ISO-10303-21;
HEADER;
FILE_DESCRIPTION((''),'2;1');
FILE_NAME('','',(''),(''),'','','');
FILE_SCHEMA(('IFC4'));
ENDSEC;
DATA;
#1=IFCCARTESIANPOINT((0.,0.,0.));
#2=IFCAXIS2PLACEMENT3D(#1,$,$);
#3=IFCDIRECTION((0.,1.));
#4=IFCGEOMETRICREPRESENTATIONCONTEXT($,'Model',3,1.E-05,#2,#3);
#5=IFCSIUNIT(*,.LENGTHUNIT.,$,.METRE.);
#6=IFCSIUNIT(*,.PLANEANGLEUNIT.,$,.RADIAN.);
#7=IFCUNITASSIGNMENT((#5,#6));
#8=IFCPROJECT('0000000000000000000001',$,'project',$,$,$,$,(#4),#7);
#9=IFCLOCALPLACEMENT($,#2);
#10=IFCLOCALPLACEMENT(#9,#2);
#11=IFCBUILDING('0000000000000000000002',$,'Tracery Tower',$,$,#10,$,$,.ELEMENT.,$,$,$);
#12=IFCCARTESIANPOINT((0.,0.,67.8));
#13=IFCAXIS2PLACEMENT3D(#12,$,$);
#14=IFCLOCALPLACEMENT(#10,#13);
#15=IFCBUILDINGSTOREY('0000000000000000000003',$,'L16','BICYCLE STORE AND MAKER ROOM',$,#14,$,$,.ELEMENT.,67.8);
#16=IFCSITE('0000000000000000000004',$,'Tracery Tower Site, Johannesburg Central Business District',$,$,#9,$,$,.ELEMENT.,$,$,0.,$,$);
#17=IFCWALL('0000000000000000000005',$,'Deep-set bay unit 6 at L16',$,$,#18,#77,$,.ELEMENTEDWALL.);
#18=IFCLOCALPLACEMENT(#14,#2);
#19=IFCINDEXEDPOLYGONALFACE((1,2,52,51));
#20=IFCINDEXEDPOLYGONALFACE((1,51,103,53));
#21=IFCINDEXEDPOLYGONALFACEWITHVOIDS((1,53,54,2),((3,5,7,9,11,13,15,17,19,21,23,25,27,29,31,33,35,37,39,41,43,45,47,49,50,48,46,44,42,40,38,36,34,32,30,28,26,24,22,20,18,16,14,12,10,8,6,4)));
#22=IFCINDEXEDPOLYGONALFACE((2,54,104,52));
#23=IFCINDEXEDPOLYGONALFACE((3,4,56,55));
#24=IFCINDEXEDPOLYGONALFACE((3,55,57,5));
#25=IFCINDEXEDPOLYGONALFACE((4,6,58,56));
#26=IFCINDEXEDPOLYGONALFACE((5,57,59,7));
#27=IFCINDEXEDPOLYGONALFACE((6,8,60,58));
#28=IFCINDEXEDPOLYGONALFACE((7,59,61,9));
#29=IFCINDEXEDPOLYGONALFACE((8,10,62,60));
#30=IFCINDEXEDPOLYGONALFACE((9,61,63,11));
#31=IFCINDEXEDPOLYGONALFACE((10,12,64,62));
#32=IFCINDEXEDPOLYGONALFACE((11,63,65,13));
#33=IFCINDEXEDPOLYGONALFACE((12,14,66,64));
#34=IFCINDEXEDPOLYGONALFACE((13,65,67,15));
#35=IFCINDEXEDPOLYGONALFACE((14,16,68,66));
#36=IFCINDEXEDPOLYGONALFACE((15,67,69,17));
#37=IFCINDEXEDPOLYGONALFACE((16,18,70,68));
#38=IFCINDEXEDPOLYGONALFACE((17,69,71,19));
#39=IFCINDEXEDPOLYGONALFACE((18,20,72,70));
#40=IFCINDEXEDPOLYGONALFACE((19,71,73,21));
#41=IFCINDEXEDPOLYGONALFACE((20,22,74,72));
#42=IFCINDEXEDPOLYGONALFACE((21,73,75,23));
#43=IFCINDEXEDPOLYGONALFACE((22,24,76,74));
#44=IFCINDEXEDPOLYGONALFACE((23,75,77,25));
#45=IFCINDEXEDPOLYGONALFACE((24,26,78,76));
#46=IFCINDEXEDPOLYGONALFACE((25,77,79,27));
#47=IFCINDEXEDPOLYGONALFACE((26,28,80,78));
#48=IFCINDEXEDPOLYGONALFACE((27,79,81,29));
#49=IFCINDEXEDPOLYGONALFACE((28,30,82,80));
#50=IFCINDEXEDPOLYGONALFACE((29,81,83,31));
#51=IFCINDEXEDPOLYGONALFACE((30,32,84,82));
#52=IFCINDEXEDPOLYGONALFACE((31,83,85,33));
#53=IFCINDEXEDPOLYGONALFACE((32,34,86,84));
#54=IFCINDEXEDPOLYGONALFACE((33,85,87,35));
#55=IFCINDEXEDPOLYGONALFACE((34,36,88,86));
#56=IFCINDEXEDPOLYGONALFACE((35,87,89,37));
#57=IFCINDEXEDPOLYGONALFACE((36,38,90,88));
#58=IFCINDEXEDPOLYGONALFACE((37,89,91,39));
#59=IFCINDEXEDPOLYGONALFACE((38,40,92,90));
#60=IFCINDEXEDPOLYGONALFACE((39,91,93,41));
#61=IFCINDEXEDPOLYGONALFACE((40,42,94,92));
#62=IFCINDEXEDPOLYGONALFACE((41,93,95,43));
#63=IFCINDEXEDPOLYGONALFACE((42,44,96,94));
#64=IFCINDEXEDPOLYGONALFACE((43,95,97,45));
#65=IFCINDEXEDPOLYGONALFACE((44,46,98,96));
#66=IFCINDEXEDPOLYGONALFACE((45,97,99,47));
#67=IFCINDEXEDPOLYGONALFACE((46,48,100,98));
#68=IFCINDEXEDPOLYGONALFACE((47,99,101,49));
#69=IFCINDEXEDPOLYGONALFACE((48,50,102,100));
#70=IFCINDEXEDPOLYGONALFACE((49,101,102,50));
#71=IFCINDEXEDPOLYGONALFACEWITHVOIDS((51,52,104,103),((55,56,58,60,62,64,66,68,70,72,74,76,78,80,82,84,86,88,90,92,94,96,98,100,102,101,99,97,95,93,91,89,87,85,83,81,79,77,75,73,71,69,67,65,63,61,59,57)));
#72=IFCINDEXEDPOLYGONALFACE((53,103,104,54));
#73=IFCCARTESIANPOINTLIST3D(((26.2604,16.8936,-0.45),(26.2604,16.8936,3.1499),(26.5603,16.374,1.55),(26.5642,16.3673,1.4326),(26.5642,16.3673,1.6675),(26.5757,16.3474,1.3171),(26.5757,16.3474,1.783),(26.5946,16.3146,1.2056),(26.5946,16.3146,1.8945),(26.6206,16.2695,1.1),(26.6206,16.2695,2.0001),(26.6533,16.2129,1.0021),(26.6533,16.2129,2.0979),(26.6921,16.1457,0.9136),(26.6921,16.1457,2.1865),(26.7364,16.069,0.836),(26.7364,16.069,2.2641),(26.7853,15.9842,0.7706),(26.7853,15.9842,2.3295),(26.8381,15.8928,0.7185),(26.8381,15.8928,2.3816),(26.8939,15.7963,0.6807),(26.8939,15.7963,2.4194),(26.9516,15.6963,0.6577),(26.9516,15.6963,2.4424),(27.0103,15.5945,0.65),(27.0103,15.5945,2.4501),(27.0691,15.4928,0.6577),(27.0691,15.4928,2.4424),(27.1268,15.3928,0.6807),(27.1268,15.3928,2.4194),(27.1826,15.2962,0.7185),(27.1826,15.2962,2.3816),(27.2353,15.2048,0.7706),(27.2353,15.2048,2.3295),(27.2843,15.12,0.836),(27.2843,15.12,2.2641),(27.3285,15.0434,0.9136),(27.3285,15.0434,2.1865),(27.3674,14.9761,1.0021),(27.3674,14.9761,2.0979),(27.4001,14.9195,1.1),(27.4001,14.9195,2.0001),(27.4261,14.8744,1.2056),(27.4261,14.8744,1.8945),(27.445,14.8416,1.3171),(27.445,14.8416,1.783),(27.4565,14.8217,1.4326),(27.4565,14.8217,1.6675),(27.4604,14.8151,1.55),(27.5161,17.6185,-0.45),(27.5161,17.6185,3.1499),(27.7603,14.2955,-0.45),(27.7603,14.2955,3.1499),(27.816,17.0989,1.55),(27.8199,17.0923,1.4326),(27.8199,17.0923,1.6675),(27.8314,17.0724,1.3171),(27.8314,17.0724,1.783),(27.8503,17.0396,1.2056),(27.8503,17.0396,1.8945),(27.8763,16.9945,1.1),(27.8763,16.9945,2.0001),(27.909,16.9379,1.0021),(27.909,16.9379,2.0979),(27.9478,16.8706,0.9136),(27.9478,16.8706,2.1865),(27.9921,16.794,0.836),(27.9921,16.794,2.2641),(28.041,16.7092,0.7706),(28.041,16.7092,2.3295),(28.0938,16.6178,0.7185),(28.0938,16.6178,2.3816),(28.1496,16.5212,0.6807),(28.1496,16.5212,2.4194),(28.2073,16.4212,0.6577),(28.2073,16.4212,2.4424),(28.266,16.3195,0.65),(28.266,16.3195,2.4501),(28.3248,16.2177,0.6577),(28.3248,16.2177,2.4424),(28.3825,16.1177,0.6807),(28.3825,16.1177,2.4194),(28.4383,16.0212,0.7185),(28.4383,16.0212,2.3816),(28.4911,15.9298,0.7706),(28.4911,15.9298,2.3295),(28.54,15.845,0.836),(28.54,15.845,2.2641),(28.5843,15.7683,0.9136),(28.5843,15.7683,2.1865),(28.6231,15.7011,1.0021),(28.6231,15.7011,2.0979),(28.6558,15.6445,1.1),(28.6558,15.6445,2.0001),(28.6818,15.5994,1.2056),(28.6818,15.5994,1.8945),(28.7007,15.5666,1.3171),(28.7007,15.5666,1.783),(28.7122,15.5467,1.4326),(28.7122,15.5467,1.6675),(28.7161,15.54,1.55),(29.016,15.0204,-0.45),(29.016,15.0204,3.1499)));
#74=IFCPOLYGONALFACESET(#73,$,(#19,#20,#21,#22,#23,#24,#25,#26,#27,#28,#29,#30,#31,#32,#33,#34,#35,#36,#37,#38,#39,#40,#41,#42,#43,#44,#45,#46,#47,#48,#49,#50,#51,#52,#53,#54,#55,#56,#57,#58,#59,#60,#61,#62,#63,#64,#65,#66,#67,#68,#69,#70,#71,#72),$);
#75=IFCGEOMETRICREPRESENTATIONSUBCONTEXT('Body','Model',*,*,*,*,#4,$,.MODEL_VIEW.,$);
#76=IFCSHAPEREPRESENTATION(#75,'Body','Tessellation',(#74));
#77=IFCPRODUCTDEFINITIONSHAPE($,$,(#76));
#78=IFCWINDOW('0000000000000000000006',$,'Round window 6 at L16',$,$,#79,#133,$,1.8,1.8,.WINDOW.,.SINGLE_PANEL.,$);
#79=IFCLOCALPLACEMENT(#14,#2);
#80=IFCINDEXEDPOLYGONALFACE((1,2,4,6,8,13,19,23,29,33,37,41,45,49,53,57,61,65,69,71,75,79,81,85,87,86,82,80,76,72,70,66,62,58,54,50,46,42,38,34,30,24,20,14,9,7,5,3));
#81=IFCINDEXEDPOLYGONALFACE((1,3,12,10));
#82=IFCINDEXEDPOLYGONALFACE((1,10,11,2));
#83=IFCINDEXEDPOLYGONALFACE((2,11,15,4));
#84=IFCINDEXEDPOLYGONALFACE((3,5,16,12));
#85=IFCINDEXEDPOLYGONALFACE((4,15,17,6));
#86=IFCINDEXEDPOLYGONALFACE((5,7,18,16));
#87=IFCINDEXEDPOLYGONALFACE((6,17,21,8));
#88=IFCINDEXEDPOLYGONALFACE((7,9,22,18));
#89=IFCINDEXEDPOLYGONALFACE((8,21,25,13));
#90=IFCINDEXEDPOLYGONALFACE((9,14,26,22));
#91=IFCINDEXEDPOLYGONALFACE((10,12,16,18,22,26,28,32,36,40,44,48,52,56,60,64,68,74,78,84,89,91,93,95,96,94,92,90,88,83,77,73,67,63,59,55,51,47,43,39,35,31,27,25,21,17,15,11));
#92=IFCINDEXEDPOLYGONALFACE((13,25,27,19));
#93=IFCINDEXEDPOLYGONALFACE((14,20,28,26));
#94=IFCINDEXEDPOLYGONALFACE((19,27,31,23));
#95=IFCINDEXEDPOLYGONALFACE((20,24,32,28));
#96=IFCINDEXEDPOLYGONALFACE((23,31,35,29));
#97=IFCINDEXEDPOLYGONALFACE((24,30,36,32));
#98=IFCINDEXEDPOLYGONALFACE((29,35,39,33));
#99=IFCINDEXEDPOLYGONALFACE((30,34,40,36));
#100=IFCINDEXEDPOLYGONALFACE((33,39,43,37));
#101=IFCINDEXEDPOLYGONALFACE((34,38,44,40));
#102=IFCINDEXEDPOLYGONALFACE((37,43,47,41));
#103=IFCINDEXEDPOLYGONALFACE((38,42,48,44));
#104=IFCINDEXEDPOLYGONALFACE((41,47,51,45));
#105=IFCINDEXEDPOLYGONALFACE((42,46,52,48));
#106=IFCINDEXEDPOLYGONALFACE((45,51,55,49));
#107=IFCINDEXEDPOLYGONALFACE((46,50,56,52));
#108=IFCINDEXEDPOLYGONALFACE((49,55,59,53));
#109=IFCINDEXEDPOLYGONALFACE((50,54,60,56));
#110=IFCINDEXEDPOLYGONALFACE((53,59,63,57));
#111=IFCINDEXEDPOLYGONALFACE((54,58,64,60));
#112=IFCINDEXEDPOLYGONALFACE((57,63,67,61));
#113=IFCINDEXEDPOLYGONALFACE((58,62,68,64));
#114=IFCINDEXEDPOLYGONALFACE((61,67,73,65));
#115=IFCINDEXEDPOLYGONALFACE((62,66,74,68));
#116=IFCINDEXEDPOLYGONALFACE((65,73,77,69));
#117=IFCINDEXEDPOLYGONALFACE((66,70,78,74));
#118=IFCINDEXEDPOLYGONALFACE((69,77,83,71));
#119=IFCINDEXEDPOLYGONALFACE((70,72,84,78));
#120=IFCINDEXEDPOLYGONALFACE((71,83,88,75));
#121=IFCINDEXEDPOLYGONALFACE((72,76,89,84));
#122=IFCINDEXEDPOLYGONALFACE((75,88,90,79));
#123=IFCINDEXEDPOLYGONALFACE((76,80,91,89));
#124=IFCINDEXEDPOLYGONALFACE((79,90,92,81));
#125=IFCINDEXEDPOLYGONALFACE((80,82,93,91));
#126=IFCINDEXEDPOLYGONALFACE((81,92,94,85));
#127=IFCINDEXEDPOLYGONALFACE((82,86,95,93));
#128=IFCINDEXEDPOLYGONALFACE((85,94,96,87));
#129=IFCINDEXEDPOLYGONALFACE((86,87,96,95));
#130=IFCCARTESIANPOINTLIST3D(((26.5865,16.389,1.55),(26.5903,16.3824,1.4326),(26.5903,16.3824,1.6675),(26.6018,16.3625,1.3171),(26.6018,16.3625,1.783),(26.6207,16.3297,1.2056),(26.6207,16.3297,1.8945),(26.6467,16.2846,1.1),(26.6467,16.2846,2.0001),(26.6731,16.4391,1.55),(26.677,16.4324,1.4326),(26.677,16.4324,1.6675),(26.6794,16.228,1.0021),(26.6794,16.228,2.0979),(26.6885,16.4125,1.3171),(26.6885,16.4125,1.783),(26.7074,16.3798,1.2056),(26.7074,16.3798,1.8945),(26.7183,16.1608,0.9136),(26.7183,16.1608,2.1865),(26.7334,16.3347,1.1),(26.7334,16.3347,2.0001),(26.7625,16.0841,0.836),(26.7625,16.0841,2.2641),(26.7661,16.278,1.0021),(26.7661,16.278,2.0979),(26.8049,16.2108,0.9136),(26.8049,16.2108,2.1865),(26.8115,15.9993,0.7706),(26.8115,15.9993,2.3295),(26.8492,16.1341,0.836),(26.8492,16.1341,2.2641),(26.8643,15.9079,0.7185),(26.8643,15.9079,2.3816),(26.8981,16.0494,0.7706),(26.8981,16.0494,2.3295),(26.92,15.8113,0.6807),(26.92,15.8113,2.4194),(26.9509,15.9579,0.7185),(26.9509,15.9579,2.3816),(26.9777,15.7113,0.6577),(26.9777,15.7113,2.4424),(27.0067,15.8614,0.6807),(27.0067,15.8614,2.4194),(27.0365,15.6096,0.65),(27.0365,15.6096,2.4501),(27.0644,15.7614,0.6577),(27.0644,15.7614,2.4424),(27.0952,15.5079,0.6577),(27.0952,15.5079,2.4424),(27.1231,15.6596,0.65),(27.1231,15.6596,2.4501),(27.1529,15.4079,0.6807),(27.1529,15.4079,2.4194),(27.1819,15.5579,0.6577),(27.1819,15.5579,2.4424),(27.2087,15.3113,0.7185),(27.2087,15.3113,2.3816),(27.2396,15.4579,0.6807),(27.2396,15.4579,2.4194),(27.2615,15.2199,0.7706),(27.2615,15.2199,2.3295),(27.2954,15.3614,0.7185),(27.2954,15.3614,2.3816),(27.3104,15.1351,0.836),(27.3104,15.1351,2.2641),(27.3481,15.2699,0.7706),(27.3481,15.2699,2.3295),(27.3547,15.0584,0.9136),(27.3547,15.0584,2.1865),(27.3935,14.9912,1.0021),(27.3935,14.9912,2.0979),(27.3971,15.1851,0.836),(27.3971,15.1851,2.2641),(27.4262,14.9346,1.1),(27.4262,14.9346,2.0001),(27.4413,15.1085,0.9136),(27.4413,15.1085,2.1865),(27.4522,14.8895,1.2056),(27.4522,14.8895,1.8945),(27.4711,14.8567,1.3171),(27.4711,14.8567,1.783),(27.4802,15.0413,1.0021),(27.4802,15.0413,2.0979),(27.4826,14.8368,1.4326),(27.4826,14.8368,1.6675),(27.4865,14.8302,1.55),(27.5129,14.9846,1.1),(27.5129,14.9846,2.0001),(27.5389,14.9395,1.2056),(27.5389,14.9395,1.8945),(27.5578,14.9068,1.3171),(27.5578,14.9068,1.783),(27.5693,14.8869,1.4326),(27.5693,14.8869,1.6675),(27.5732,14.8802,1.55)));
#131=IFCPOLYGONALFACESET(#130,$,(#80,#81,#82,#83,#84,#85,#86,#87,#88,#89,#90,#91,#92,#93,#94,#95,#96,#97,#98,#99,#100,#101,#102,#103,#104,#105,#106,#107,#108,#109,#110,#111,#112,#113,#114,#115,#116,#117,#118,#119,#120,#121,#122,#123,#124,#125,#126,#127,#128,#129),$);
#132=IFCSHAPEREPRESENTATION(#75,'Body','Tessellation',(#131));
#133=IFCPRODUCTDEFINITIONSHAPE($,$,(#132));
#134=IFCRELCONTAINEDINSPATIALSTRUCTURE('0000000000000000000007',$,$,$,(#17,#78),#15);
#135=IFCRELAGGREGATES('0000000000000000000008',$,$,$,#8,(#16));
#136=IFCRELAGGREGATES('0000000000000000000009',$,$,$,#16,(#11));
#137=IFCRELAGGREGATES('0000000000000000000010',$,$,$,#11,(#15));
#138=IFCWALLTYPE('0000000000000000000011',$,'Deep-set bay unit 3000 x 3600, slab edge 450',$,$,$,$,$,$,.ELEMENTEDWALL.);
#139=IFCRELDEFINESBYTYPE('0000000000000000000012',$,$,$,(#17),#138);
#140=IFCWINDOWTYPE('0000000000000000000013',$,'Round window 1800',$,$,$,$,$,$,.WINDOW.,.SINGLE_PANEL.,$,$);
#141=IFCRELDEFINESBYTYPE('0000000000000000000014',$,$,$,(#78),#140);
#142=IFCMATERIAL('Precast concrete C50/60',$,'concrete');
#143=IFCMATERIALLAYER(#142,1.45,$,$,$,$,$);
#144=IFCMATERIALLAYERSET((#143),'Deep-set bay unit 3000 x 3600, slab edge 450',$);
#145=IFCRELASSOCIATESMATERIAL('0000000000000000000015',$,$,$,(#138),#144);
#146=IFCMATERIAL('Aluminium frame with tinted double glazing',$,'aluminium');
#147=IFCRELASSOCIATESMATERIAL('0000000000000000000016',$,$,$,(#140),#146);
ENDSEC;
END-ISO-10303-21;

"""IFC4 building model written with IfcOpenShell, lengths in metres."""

from ifc_helpers import new_model, si_unit, direction, frame, frame_2d, origin, origin_2d, place, context, subcontext, project, spatial, rectangle, circle, extrude, material, layer, layer_set, type_object, element, fill, save


model = new_model("IFC4")

# Units and contexts
model_context = context("Model", 3, precision=1e-05, world=origin(), true_north=direction((0.0, 1.0)))
body_context = subcontext(model_context, "Body", "Model", "MODEL_VIEW")
ifc_project = project(units=[si_unit("LENGTHUNIT", "METRE"), si_unit("PLANEANGLEUNIT", "RADIAN")], contexts=[model_context])

# Site, building, storey
site_placement = place(None, origin())
site = spatial("IfcSite", under=ifc_project, at=site_placement, Name="Tracery Tower Site, Johannesburg Central Business District", CompositionType="ELEMENT", RefElevation=0.0)
building_placement = place(site_placement, origin())
building = spatial("IfcBuilding", under=site, at=building_placement, Name="Tracery Tower", CompositionType="ELEMENT")
storey_placement = place(building_placement, frame((0.0, 0.0, 67.8)))
storey = spatial("IfcBuildingStorey", under=building, at=storey_placement, Name="L16", Description="BICYCLE STORE AND MAKER ROOM", CompositionType="ELEMENT", Elevation=67.8)

# Wall, opening, window
ifc_material_1 = material(Name="Precast concrete C50/60", Category="concrete")
ifc_layer_1 = layer(ifc_material_1, 1.45)
ifc_layer_set_1 = layer_set([ifc_layer_1], Name="Deep-set bay unit 3000 x 3600, slab edge 450")
wall_type_1 = type_object("IfcWallType", Name="Deep-set bay unit 3000 x 3600, slab edge 450", PredefinedType="ELEMENTEDWALL", material=ifc_layer_set_1)
wall_1_placement = place(storey_placement, frame((28.3882, 14.658, -0.45), z_axis=(0.0, 0.0, 1.0), x_axis=(-0.49999, 0.866031, 0.0)))
wall_1 = element("IfcWall", 1, at=wall_1_placement, inside=storey, type_object=wall_type_1, Name="Deep-set bay unit 6 at L16", PredefinedType="ELEMENTEDWALL", context=body_context, shape_type="SweptSolid", body=[
    extrude(rectangle(XDim=3.0, YDim=1.45, at=frame_2d((1.5, 0.0))), origin(), (0.0, 0.0, 1.0), 3.5999),
])
opening_1_placement = place(wall_1_placement, frame((1.5, 0.0, 2.0)))
opening_1 = element("IfcOpeningElement", 2, at=opening_1_placement, cuts=wall_1, PredefinedType="OPENING", context=body_context, shape_type="SweptSolid", body=[
    extrude(circle(Radius=0.9, at=origin_2d()), frame((0.0, 0.7349, 0.0), z_axis=(0.0, -1.0, 0.0), x_axis=(1.0, 0.0, 0.0)), (0.0, 0.0, 1.0), 1.47),
])
ifc_material_2 = material(Name="Aluminium frame with tinted double glazing", Category="aluminium")
window_type = type_object("IfcWindowType", Name="Round window 1800", PartitioningType="SINGLE_PANEL", PredefinedType="WINDOW", material=ifc_material_2)
window_1_placement = place(opening_1_placement, origin())
window_1 = element("IfcWindow", 3, at=window_1_placement, inside=storey, type_object=window_type, Name="Round window 6 at L16", OverallHeight=1.8, OverallWidth=1.8, PartitioningType="SINGLE_PANEL", PredefinedType="WINDOW", context=body_context, shape_type="SweptSolid", body=[
    extrude(circle(Radius=0.9, at=origin_2d()), frame((0.0, 0.6948, 0.0), z_axis=(0.0, -1.0, 0.0), x_axis=(1.0, 0.0, 0.0)), (0.0, 0.0, 1.0), 0.1001),
])
fill(opening_1, window_1)

save(model, "model.ifc")
